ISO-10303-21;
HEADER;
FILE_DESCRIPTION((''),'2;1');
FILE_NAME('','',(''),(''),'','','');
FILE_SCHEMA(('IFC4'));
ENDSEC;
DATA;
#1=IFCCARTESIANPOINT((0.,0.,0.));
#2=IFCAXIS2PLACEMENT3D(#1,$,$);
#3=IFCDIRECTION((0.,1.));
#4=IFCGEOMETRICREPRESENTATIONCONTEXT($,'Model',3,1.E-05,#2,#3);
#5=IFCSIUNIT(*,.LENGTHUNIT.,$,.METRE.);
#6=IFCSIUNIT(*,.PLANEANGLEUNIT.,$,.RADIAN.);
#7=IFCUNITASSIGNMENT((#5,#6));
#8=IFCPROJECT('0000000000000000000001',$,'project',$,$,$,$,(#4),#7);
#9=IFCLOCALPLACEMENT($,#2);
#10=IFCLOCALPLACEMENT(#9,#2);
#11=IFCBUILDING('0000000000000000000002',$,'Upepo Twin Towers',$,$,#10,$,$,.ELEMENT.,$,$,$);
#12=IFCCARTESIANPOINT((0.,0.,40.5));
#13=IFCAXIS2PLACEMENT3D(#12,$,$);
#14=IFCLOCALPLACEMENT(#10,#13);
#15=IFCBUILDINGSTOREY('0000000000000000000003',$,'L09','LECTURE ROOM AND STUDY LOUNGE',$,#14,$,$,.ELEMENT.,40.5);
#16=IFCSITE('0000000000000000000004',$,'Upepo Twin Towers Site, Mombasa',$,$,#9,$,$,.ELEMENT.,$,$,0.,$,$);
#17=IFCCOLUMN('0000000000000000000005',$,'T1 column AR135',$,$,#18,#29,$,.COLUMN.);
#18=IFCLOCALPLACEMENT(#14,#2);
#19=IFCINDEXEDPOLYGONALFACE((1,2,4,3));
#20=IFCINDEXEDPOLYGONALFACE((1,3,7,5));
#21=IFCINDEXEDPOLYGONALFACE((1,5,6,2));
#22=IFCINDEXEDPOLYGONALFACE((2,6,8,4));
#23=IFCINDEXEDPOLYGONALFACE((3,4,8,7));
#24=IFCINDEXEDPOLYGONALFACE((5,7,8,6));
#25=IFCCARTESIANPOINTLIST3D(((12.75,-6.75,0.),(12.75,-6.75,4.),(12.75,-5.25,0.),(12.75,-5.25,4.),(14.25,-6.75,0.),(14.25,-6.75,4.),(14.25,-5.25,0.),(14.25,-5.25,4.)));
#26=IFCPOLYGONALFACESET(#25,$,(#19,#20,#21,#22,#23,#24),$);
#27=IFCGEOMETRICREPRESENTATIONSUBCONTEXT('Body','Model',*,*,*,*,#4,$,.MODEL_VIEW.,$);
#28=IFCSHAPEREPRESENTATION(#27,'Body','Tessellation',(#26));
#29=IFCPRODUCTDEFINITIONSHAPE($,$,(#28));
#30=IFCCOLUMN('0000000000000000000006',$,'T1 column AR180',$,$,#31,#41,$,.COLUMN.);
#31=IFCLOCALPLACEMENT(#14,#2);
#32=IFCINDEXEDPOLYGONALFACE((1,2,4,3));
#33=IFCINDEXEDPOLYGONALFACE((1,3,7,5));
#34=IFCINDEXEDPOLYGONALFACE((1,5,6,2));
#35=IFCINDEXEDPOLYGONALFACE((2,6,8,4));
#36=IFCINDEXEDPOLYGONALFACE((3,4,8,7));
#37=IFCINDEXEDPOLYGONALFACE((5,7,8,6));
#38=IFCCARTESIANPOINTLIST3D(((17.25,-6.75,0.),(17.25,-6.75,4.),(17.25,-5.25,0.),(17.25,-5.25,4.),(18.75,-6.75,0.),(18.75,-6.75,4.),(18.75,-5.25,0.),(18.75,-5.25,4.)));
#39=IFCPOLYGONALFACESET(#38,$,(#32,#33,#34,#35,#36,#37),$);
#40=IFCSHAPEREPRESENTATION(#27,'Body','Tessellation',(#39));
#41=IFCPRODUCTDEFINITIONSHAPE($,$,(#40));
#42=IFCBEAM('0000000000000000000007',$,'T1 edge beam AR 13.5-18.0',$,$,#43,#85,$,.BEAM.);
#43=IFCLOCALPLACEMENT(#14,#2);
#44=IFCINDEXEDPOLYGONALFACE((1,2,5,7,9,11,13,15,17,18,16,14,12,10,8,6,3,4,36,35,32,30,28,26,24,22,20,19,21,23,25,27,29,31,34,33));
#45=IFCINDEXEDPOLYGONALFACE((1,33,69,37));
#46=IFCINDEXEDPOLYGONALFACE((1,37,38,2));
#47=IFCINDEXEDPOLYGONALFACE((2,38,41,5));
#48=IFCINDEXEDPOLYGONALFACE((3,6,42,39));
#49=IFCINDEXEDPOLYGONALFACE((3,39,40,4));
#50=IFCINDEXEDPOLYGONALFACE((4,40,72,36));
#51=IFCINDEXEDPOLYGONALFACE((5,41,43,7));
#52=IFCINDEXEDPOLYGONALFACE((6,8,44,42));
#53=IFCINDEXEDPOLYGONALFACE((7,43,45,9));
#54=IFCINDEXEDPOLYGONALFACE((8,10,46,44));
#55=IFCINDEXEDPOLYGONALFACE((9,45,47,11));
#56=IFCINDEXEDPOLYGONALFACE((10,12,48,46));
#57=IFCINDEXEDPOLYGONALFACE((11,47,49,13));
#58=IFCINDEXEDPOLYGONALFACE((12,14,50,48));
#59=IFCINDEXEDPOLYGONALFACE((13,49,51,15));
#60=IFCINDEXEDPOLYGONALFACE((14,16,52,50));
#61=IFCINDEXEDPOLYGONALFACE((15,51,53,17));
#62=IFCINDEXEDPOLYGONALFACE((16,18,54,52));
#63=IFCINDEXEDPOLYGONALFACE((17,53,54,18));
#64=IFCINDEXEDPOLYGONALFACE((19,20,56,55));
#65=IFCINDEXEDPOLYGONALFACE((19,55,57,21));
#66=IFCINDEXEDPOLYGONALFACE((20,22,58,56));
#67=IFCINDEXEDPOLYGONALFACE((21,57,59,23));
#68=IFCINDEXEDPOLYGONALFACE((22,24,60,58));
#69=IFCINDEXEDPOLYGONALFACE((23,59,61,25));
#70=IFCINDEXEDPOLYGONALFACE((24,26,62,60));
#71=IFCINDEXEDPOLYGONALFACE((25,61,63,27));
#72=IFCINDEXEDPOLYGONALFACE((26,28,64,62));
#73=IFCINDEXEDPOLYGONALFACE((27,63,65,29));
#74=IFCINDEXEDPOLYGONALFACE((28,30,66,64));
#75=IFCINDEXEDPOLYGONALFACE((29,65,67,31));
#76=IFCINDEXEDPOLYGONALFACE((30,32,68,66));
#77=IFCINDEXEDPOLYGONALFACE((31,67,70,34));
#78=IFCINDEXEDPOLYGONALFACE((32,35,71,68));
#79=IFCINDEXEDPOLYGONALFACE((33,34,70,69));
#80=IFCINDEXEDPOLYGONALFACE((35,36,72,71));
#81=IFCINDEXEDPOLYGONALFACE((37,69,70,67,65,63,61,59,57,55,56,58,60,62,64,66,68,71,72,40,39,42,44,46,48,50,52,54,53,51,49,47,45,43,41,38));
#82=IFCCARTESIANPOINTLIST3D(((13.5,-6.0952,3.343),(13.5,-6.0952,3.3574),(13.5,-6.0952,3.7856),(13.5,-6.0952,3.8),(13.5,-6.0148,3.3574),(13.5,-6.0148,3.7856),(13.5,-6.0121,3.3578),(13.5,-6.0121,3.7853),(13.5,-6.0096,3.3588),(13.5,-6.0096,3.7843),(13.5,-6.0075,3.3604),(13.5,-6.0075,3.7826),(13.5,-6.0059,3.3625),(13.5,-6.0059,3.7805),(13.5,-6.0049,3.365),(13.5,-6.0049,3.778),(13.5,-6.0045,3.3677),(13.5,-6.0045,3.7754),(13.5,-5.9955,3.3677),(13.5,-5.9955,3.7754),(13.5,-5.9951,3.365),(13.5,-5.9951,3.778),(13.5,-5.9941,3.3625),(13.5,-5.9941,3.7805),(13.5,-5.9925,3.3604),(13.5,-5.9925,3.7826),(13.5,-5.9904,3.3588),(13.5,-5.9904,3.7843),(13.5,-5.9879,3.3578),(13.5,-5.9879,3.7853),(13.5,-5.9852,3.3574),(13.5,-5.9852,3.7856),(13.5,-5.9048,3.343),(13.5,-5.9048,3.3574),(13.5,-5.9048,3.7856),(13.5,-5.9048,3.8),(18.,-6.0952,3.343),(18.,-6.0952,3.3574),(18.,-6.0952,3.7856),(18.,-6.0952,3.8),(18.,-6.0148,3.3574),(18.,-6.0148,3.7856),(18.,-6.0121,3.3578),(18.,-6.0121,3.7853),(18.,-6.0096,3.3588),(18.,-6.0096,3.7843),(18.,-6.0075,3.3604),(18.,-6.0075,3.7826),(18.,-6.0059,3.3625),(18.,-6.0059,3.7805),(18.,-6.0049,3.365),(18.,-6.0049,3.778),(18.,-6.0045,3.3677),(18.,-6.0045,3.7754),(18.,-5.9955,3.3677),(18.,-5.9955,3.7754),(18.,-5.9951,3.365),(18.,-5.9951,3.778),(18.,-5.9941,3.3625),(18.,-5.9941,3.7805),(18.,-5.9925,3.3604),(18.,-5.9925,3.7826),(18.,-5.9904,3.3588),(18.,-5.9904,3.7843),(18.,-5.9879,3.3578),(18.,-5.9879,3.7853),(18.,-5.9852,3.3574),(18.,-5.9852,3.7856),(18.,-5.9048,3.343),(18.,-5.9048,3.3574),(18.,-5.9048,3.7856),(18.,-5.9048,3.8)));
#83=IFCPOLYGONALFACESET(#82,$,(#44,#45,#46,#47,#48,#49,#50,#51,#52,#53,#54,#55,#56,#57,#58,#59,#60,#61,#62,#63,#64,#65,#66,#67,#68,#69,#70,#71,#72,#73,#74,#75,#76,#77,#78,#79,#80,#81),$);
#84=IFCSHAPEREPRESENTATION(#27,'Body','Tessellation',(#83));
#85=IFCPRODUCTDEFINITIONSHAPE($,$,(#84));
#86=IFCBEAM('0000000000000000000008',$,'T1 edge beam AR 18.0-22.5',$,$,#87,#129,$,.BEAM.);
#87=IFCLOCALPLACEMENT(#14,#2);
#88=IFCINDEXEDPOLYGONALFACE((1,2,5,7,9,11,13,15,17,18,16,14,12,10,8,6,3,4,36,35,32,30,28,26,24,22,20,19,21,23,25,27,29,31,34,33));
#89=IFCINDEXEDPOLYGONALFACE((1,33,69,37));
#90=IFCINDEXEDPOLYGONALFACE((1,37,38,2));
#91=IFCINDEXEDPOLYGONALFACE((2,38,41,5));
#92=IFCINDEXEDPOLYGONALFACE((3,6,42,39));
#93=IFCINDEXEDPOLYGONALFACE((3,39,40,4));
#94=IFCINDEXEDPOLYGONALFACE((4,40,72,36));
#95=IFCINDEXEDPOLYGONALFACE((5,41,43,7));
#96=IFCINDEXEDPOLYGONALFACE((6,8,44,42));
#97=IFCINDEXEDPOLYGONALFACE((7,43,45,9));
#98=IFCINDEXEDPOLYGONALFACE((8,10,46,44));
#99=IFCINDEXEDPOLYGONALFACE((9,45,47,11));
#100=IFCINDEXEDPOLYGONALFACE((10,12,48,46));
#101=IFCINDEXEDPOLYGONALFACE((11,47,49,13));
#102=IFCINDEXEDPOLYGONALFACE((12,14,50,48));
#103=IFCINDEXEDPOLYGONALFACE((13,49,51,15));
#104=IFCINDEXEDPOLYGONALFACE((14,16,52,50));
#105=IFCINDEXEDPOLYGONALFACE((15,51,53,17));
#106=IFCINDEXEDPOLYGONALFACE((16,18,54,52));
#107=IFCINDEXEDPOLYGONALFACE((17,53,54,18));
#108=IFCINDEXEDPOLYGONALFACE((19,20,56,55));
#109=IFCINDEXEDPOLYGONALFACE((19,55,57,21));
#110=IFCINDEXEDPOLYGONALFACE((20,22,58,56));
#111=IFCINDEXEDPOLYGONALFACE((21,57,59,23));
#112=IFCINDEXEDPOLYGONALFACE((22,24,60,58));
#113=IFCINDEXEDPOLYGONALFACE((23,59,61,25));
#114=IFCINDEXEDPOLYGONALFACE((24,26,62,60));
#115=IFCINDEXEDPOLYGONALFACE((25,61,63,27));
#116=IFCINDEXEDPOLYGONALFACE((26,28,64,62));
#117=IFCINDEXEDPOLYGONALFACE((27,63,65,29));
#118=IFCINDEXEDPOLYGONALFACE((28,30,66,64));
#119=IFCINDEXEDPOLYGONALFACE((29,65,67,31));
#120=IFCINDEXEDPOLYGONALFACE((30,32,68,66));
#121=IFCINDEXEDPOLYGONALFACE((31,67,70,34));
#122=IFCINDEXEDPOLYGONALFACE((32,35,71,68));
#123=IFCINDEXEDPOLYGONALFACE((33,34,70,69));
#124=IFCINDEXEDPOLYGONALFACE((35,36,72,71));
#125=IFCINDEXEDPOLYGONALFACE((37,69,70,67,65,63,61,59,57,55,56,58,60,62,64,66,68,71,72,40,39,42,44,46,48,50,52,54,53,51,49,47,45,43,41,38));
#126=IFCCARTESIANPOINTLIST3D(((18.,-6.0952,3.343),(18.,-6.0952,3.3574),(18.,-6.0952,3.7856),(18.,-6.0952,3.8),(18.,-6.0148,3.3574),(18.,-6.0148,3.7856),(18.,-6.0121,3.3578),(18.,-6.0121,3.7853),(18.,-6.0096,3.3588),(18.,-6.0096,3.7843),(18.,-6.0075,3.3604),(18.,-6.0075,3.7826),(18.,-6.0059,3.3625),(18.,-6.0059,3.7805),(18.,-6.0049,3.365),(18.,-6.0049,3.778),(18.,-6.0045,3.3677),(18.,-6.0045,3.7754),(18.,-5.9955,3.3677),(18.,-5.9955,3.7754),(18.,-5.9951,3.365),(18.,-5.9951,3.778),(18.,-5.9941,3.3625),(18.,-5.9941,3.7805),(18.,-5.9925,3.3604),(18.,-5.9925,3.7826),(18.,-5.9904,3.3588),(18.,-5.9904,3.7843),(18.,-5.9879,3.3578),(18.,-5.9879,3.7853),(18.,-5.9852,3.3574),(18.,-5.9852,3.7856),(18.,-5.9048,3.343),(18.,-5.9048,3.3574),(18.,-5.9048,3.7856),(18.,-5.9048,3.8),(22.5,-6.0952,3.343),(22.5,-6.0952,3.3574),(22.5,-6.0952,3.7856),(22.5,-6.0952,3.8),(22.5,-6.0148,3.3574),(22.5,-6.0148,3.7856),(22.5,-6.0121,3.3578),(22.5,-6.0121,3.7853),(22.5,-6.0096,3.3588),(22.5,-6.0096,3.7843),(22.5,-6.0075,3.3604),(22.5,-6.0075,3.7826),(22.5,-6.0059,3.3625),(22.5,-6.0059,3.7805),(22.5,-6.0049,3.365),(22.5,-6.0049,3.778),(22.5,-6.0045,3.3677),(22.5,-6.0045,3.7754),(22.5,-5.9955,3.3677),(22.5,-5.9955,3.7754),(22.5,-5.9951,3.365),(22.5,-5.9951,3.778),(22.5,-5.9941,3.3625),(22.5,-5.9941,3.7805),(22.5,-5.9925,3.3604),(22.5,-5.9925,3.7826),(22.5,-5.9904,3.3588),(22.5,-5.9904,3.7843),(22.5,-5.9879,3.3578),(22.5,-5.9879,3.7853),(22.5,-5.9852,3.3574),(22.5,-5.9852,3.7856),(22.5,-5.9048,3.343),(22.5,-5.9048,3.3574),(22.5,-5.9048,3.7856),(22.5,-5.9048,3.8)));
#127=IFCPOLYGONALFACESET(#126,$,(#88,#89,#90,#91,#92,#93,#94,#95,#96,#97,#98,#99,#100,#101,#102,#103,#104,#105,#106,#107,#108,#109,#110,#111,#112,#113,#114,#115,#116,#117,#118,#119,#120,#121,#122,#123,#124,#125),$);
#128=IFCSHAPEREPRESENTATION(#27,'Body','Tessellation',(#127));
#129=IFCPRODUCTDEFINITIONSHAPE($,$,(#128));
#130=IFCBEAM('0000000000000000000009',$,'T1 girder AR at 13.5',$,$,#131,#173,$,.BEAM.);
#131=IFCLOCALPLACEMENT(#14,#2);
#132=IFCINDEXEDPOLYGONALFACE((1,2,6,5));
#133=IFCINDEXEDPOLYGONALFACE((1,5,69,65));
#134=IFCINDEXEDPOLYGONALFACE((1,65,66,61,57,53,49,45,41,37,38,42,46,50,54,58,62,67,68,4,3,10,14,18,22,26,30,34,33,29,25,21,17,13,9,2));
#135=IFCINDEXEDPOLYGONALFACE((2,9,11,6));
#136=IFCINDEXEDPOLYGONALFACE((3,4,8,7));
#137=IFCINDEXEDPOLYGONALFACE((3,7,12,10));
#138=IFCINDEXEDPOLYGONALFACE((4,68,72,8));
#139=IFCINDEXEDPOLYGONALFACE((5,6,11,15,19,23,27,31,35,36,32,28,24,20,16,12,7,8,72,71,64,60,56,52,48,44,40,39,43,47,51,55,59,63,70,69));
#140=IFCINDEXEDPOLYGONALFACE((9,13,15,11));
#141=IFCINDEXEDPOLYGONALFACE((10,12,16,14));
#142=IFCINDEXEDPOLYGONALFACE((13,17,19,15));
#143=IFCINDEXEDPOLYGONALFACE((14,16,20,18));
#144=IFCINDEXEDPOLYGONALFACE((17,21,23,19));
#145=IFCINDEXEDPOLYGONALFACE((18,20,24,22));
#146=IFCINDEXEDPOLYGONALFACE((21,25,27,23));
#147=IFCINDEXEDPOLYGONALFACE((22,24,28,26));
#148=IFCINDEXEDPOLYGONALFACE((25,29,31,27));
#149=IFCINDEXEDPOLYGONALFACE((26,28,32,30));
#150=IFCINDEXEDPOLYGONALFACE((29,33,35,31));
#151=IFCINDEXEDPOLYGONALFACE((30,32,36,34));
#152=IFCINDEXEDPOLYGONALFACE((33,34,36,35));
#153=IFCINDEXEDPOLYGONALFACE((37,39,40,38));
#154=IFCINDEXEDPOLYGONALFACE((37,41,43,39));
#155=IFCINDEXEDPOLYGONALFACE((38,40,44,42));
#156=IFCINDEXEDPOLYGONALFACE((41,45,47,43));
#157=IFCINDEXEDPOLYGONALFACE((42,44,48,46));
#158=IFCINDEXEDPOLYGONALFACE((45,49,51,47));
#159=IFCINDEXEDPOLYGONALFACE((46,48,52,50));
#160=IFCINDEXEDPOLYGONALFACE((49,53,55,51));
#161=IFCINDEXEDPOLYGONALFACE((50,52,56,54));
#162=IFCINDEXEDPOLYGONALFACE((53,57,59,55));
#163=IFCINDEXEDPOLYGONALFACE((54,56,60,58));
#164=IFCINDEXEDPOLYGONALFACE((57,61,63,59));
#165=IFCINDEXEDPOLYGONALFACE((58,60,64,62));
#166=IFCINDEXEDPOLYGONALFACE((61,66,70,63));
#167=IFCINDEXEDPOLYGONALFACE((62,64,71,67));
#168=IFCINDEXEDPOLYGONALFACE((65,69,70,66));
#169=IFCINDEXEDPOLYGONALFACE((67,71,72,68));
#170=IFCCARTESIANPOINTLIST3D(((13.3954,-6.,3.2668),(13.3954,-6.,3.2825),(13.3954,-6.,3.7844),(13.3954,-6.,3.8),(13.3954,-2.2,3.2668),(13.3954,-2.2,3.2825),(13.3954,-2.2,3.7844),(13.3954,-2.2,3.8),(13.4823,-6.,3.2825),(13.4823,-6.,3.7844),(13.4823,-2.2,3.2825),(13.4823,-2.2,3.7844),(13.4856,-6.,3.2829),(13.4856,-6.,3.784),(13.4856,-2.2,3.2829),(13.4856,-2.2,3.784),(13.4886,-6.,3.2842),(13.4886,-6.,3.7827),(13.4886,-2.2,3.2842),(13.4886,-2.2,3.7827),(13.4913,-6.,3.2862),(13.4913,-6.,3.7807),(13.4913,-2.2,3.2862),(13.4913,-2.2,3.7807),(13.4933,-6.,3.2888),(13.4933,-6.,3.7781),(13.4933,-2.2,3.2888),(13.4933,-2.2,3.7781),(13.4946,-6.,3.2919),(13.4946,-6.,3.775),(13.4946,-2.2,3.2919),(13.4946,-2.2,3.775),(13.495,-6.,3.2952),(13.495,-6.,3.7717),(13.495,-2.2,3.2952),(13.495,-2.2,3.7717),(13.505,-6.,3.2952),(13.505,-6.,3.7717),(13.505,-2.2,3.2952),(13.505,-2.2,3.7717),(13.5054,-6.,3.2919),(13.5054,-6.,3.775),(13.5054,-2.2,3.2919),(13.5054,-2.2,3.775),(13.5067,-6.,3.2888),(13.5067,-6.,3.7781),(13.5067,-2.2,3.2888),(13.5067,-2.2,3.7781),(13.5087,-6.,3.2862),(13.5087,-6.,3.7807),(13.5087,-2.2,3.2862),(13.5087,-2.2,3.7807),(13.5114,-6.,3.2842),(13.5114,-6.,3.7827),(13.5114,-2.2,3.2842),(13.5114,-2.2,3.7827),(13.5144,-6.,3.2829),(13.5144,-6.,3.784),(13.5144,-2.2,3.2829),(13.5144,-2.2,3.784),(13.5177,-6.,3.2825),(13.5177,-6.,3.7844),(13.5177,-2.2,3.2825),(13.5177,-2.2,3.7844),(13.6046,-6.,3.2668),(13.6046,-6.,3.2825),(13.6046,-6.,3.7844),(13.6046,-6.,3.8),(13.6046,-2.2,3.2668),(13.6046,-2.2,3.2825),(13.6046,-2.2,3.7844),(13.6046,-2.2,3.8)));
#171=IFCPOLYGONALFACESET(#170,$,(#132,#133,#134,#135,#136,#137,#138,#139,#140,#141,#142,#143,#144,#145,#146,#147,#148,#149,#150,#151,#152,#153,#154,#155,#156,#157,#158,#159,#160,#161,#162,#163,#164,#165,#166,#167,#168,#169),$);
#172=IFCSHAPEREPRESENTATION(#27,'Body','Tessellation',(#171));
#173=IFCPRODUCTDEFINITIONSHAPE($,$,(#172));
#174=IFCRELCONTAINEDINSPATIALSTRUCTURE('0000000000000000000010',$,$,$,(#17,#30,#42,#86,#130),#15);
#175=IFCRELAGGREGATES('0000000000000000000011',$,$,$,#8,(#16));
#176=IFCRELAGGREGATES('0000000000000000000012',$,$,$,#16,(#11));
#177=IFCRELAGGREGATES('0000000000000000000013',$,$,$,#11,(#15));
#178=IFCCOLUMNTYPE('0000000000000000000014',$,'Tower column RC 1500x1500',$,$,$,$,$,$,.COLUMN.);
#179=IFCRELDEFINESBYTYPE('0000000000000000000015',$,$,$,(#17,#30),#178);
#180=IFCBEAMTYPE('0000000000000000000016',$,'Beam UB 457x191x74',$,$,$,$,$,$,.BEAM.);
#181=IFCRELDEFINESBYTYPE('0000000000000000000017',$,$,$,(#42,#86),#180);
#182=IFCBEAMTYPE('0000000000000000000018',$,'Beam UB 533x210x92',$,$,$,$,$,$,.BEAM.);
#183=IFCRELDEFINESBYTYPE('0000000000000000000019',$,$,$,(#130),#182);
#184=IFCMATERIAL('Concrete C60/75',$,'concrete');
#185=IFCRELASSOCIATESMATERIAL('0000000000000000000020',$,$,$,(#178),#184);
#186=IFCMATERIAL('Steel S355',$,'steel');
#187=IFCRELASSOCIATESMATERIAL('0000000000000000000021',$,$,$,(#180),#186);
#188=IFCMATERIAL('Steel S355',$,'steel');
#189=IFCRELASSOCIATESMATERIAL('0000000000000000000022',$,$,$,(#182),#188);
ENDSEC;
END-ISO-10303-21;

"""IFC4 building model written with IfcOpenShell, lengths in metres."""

from ifc_helpers import new_model, si_unit, direction, frame, origin, origin_2d, place, context, subcontext, project, spatial, rectangle, i_section, extrude, material, material_profile, profile_set, type_object, element, save


model = new_model("IFC4")

# Units and contexts
model_context = context("Model", 3, precision=1e-05, world=origin(), true_north=direction((0.0, 1.0)))
body_context = subcontext(model_context, "Body", "Model", "MODEL_VIEW")
ifc_project = project(units=[si_unit("LENGTHUNIT", "METRE"), si_unit("PLANEANGLEUNIT", "RADIAN")], contexts=[model_context])

# Site, building, storey
site_placement = place(None, origin())
site = spatial("IfcSite", under=ifc_project, at=site_placement, Name="Upepo Twin Towers Site, Mombasa", CompositionType="ELEMENT", RefElevation=0.0)
building_placement = place(site_placement, origin())
building = spatial("IfcBuilding", under=site, at=building_placement, Name="Upepo Twin Towers", CompositionType="ELEMENT")
storey_placement = place(building_placement, frame((0.0, 0.0, 40.5)))
storey = spatial("IfcBuildingStorey", under=building, at=storey_placement, Name="L09", Description="LECTURE ROOM AND STUDY LOUNGE", CompositionType="ELEMENT", Elevation=40.5)

# Columns
ifc_material_1 = material(Name="Concrete C60/75", Category="concrete")
ifc_material_profile_1 = material_profile(ifc_material_1, rectangle(XDim=1.5, YDim=1.5, at=origin_2d()), Name="RC 1500x1500")
ifc_profile_set_1 = profile_set([ifc_material_profile_1], Name="Concrete C60/75")
column_type = type_object("IfcColumnType", Name="Tower column RC 1500x1500", PredefinedType="COLUMN", material=ifc_profile_set_1)
for number, where, z_axis, x_axis, name in (
    (1, (13.5, -6.0, 0.0), (0.0, 0.0, 1.0), (1.0, 0.0, 0.0), "T1 column AR135"),
    (2, (18.0, -6.0, 0.0), (0.0, 0.0, 1.0), (1.0, 0.0, 0.0), "T1 column AR180"),
):
    element("IfcColumn", number, at=place(storey_placement, frame(where, z_axis=z_axis, x_axis=x_axis)), inside=storey, type_object=column_type, Name=name, PredefinedType="COLUMN", context=body_context, shape_type="SweptSolid", body=[
        extrude(rectangle(XDim=1.5, YDim=1.5, at=origin_2d()), origin(), (0.0, 0.0, 1.0), 4.0),
    ])

# Beams
ifc_material_2 = material(Name="Steel S355", Category="steel")
ifc_material_profile_2 = material_profile(ifc_material_2, i_section(OverallWidth=0.1904, OverallDepth=0.457, WebThickness=0.009, FlangeThickness=0.0144, FilletRadius=0.0103, at=origin_2d()), Name="UB 457x191x74")
ifc_profile_set_2 = profile_set([ifc_material_profile_2], Name="Steel S355")
beam_type_1 = type_object("IfcBeamType", Name="Beam UB 457x191x74", PredefinedType="BEAM", material=ifc_profile_set_2)
for number, where, z_axis, x_axis, name in (
    (3, (13.5, -6.0, 3.5715), (1.0, 0.0, 0.0), (0.0, 1.0, 0.0), "T1 edge beam AR 13.5-18.0"),
    (4, (18.0, -6.0, 3.5715), (1.0, 0.0, 0.0), (0.0, 1.0, 0.0), "T1 edge beam AR 18.0-22.5"),
):
    element("IfcBeam", number, at=place(storey_placement, frame(where, z_axis=z_axis, x_axis=x_axis)), inside=storey, type_object=beam_type_1, Name=name, PredefinedType="BEAM", context=body_context, shape_type="SweptSolid", body=[
        extrude(i_section(OverallWidth=0.1904, OverallDepth=0.457, WebThickness=0.009, FlangeThickness=0.0144, FilletRadius=0.0103, at=origin_2d()), origin(), (0.0, 0.0, 1.0), 4.5),
    ])
ifc_material_3 = material(Name="Steel S355", Category="steel")
ifc_material_profile_3 = material_profile(ifc_material_3, i_section(OverallWidth=0.2092, OverallDepth=0.5332, WebThickness=0.01, FlangeThickness=0.0156, FilletRadius=0.0127, at=origin_2d()), Name="UB 533x210x92")
ifc_profile_set_3 = profile_set([ifc_material_profile_3], Name="Steel S355")
beam_type_2 = type_object("IfcBeamType", Name="Beam UB 533x210x92", PredefinedType="BEAM", material=ifc_profile_set_3)
for number, where, z_axis, x_axis, name in (
    (5, (13.5, -6.0, 3.5334), (0.0, 1.0, 0.0), (-1.0, 0.0, 0.0), "T1 girder AR at 13.5"),
):
    element("IfcBeam", number, at=place(storey_placement, frame(where, z_axis=z_axis, x_axis=x_axis)), inside=storey, type_object=beam_type_2, Name=name, PredefinedType="BEAM", context=body_context, shape_type="SweptSolid", body=[
        extrude(i_section(OverallWidth=0.2092, OverallDepth=0.5332, WebThickness=0.01, FlangeThickness=0.0156, FilletRadius=0.0127, at=origin_2d()), origin(), (0.0, 0.0, 1.0), 3.8),
    ])

save(model, "model.ifc")
